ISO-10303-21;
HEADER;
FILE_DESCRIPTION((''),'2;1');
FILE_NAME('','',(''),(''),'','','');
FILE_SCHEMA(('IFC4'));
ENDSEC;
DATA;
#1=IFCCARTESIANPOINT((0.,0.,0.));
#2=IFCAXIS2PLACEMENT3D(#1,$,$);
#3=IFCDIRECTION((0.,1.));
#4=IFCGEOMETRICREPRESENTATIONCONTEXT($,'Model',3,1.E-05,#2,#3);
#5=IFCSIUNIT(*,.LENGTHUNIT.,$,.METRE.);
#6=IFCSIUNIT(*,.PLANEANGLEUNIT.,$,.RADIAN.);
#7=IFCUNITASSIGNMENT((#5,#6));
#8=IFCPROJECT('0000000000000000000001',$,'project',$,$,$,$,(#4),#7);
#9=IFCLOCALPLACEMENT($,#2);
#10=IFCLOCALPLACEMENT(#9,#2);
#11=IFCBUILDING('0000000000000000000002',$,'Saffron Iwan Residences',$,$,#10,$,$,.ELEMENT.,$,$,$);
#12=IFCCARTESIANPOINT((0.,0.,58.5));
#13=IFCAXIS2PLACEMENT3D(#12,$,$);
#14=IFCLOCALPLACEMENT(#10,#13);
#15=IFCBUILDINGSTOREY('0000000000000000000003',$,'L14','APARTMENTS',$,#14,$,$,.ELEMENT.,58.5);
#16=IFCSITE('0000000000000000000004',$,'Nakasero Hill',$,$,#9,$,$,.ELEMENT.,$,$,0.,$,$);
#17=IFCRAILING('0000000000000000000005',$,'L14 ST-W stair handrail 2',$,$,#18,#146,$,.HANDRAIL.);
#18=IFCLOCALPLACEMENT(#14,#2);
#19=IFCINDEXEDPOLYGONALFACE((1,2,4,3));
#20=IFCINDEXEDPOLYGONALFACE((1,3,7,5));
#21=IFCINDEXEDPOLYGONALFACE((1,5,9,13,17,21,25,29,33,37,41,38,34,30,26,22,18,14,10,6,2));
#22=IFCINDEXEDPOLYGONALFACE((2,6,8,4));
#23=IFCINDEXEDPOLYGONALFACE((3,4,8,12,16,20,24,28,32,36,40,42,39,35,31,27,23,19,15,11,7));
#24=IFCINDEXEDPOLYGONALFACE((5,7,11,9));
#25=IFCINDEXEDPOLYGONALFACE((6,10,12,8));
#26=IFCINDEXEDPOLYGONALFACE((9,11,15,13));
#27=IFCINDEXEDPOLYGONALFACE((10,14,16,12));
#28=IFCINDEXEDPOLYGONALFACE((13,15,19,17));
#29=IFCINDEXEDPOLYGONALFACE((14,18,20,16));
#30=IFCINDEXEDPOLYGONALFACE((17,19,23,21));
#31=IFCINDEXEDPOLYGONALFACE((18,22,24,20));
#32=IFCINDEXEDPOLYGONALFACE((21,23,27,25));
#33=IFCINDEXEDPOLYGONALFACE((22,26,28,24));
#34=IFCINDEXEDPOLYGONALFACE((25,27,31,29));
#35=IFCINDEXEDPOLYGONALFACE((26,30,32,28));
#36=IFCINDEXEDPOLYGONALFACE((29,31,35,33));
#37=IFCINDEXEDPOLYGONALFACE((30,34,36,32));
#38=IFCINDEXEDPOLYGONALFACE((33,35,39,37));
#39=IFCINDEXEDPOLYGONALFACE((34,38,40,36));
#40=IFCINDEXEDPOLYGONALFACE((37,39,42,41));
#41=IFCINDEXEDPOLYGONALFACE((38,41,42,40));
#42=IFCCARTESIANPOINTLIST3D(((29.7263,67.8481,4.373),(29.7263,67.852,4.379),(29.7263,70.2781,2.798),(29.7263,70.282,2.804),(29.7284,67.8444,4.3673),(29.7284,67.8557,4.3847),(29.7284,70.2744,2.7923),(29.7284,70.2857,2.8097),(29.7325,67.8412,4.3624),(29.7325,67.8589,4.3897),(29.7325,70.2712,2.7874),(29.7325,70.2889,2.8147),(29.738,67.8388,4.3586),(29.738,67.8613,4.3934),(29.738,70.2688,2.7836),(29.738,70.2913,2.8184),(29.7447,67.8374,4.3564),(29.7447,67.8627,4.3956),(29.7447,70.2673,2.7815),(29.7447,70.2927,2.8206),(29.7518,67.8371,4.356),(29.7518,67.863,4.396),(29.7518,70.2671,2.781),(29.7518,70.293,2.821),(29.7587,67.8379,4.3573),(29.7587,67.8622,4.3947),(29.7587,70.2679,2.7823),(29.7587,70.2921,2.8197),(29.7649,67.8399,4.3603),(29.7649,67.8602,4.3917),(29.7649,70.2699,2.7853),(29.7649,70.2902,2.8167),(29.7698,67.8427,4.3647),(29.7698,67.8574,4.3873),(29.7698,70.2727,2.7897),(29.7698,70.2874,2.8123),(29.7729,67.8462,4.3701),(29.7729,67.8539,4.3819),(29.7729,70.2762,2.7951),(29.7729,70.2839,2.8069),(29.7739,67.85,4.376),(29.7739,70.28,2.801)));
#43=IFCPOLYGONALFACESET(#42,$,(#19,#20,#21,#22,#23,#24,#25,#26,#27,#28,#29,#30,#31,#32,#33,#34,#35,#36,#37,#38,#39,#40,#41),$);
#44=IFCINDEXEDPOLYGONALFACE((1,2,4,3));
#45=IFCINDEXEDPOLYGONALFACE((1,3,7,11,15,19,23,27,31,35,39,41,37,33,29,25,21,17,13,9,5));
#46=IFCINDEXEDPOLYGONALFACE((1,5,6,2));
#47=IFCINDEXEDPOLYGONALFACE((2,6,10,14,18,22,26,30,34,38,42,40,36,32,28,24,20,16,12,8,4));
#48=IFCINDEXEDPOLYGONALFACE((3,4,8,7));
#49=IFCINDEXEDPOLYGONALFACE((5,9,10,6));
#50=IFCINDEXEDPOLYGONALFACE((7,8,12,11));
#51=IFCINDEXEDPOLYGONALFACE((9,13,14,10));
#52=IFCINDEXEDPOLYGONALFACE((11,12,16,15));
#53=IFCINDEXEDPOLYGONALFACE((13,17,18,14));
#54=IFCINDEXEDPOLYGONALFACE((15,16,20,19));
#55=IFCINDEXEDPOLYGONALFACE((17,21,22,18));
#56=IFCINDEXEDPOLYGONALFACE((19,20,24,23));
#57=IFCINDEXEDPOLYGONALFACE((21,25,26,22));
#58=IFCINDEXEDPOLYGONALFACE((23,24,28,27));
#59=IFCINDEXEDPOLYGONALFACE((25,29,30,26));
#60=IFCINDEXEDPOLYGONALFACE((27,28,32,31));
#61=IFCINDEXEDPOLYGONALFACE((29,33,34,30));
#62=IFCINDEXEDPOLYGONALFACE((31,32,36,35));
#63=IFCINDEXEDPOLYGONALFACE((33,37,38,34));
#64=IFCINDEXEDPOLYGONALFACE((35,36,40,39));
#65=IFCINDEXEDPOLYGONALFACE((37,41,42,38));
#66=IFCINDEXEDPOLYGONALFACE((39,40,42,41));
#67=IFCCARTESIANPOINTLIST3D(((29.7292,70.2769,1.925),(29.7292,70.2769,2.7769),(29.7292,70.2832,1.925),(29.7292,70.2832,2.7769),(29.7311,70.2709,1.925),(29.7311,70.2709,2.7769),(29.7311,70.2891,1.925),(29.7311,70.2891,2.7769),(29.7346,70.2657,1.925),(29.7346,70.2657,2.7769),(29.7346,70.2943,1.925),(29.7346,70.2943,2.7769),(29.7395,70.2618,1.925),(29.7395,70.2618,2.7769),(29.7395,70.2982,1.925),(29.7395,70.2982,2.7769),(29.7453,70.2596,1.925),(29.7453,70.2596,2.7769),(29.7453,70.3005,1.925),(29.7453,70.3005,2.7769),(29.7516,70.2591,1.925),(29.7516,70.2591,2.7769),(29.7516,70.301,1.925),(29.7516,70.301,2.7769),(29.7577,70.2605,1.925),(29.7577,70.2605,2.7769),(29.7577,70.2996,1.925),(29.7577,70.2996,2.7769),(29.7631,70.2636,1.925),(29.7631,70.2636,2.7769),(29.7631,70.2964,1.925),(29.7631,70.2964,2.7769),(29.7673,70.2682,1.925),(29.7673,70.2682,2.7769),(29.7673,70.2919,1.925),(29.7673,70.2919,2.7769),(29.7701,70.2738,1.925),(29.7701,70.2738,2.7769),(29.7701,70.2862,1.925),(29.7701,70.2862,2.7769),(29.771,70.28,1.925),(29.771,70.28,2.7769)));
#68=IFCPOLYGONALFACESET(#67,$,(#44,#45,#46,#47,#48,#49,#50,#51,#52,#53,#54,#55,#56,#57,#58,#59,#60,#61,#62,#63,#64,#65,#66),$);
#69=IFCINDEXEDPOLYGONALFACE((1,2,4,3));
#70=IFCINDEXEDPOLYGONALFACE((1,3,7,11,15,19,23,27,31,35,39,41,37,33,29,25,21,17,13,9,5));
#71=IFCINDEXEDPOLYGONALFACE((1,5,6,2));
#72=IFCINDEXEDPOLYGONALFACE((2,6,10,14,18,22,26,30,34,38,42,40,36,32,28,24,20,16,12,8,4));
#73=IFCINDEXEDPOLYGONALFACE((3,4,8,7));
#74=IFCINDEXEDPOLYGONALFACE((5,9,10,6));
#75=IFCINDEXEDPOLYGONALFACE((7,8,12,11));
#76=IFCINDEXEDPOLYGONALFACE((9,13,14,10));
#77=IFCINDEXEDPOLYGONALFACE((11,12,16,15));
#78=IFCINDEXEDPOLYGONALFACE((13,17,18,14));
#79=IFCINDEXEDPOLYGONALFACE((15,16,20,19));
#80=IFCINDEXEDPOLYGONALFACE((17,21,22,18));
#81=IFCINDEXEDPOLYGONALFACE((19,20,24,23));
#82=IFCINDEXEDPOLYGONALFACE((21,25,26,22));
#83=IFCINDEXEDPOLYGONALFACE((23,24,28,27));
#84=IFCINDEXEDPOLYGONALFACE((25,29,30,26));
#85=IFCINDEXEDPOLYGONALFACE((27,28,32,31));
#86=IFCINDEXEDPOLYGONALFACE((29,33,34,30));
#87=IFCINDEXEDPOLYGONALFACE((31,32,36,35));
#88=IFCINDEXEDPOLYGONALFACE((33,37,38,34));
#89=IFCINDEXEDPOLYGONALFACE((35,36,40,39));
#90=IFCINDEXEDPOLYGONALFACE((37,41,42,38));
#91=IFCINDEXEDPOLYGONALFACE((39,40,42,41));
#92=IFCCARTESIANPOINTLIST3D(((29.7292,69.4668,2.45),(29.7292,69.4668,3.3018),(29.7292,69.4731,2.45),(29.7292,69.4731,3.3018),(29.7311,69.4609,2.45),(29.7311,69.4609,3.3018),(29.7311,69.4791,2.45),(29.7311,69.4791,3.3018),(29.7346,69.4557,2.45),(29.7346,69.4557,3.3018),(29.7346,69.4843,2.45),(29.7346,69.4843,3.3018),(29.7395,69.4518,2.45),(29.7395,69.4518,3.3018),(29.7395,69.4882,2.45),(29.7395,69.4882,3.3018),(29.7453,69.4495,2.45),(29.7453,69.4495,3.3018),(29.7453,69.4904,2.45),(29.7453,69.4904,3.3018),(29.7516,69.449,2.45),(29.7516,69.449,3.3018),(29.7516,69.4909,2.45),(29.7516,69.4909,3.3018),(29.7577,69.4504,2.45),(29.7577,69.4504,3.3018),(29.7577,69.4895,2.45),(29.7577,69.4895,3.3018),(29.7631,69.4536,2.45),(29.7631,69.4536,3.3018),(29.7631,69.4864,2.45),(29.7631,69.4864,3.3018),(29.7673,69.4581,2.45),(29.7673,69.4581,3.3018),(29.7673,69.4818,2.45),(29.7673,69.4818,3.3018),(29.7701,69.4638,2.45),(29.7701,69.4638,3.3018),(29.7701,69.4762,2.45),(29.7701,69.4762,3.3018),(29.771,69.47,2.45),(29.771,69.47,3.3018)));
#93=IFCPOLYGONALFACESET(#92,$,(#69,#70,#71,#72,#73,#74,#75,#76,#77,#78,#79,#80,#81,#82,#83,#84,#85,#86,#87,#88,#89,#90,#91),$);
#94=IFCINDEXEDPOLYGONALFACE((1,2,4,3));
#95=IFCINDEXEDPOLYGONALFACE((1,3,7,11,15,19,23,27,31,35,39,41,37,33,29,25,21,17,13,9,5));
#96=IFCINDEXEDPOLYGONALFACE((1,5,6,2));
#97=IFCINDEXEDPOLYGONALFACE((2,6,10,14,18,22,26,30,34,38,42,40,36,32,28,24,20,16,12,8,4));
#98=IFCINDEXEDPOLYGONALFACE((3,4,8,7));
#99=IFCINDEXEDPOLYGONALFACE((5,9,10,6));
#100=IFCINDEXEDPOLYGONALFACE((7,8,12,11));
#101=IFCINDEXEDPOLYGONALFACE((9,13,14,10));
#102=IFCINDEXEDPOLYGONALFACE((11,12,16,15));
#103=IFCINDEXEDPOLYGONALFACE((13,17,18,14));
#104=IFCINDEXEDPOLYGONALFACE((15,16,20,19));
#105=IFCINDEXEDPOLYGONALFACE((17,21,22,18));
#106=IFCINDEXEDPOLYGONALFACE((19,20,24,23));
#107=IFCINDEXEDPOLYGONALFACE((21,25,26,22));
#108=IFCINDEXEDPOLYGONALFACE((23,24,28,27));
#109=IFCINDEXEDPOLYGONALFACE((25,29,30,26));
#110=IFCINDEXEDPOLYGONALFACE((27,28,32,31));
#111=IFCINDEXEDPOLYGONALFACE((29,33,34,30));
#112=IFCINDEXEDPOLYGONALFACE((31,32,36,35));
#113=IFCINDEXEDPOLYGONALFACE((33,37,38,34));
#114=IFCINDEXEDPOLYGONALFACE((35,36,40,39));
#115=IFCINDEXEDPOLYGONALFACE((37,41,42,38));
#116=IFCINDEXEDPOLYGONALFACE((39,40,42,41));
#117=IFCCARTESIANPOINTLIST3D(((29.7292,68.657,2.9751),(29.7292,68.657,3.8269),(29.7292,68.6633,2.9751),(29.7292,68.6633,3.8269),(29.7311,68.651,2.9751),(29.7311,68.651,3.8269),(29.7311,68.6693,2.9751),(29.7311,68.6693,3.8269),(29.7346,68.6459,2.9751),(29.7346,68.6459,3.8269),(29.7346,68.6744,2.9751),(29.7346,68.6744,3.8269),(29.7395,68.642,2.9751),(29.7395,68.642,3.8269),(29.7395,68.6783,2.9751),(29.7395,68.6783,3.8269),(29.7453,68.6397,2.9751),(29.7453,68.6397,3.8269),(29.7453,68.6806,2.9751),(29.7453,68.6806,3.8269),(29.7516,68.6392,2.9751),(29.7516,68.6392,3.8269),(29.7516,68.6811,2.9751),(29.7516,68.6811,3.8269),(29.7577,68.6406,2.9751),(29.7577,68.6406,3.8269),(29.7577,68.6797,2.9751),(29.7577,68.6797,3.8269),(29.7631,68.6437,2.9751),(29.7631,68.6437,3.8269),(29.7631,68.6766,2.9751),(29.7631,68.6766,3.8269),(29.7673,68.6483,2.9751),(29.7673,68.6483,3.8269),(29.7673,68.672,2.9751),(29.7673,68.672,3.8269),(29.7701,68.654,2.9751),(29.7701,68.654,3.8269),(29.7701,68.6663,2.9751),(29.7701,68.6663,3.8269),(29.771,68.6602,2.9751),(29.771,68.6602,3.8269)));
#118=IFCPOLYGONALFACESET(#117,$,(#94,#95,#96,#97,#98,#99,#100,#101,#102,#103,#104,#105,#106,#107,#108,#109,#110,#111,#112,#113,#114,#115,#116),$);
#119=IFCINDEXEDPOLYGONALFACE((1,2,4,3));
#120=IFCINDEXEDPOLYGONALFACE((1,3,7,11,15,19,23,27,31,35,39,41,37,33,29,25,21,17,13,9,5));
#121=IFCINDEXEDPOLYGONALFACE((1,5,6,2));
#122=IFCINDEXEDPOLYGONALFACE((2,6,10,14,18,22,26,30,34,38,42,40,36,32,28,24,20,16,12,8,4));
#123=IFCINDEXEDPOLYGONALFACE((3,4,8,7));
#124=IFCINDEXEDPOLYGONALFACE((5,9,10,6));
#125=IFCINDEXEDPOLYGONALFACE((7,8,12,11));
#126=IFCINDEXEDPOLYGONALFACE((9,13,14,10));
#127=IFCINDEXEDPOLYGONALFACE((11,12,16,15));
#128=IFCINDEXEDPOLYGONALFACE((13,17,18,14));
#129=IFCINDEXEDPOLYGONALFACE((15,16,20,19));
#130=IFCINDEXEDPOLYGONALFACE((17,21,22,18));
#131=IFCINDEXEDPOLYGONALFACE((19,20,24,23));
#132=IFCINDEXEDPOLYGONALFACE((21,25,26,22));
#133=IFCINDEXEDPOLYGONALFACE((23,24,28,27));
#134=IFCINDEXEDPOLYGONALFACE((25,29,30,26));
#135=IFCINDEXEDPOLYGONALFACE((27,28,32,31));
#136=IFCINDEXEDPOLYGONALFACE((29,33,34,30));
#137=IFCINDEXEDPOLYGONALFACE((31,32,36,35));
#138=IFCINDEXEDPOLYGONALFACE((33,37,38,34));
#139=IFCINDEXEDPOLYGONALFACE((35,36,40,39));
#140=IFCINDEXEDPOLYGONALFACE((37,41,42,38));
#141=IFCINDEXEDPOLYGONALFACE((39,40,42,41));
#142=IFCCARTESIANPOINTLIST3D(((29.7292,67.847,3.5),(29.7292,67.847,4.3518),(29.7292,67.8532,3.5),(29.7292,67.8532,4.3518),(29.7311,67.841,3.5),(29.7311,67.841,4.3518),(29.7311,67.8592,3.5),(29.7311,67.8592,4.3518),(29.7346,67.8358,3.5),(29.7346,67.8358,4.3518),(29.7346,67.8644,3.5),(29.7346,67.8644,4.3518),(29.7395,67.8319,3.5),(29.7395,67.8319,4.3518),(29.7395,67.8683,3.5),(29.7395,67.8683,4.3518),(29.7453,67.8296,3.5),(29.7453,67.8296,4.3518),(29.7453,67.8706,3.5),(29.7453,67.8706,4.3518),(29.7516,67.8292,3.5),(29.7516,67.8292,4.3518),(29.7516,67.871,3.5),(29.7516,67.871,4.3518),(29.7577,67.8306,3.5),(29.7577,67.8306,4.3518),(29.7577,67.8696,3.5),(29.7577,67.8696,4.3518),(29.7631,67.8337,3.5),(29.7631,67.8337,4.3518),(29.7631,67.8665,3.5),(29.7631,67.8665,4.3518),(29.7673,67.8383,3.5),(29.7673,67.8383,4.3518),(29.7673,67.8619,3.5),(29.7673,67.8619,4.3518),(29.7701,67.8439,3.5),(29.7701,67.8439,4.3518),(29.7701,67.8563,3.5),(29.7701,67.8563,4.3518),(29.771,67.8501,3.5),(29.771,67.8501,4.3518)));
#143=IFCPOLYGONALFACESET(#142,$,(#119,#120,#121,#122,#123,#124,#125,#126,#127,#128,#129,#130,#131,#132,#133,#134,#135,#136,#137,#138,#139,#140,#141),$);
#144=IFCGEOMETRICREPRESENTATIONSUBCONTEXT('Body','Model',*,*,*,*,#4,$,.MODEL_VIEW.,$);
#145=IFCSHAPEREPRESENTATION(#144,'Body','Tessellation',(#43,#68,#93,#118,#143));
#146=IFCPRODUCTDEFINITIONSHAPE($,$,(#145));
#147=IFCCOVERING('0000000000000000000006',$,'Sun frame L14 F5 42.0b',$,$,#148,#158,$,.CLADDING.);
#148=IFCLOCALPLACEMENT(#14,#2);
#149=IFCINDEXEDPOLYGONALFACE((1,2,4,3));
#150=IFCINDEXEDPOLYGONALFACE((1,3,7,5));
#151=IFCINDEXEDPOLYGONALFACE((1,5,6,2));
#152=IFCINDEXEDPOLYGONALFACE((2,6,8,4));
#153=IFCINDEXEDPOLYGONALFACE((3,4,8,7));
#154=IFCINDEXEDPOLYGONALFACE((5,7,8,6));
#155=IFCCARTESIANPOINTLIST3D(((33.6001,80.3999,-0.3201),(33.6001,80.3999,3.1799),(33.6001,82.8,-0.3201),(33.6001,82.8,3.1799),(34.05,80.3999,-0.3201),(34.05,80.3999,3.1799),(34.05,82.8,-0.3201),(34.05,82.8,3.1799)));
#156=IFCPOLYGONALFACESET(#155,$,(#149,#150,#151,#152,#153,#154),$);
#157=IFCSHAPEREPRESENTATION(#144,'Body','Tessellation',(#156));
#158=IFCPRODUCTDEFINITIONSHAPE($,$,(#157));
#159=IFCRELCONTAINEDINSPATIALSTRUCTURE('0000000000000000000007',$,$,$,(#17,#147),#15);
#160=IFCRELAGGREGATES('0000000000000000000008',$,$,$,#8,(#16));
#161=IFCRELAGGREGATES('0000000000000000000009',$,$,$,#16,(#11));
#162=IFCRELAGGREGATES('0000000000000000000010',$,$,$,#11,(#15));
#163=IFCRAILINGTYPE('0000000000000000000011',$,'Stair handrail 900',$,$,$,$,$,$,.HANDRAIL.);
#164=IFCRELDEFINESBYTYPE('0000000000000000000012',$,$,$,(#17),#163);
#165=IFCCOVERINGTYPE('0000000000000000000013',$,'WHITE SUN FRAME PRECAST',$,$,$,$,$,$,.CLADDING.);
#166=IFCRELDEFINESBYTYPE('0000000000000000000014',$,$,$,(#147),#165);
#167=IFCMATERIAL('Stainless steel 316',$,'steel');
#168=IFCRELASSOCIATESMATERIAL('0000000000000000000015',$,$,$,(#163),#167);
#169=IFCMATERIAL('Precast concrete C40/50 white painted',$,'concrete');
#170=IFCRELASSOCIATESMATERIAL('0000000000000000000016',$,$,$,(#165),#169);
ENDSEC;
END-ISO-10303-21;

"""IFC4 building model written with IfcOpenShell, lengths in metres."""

from ifc_helpers import new_model, si_unit, direction, frame, origin, origin_2d, place, context, subcontext, project, spatial, polyline, circle, outline, extrude, material, type_object, element, save


model = new_model("IFC4")

# Units and contexts
model_context = context("Model", 3, precision=1e-05, world=origin(), true_north=direction((0.0, 1.0)))
body_context = subcontext(model_context, "Body", "Model", "MODEL_VIEW")
ifc_project = project(units=[si_unit("LENGTHUNIT", "METRE"), si_unit("PLANEANGLEUNIT", "RADIAN")], contexts=[model_context])

# Site, building, storey
site_placement = place(None, origin())
site = spatial("IfcSite", under=ifc_project, at=site_placement, Name="Nakasero Hill", CompositionType="ELEMENT", RefElevation=0.0)
building_placement = place(site_placement, origin())
building = spatial("IfcBuilding", under=site, at=building_placement, Name="Saffron Iwan Residences", CompositionType="ELEMENT")
storey_placement = place(building_placement, frame((0.0, 0.0, 58.5)))
storey = spatial("IfcBuildingStorey", under=building, at=storey_placement, Name="L14", Description="APARTMENTS", CompositionType="ELEMENT", Elevation=58.5)

# Railing
ifc_material_1 = material(Name="Stainless steel 316", Category="steel")
railing_type = type_object("IfcRailingType", Name="Stair handrail 900", PredefinedType="HANDRAIL", material=ifc_material_1)
railing_placement = place(storey_placement, frame((29.75, 70.28, 1.925)))
element("IfcRailing", 1, at=railing_placement, inside=storey, type_object=railing_type, Name="L14 ST-W stair handrail 2", PredefinedType="HANDRAIL", context=body_context, shape_type="SweptSolid", body=[
    extrude(circle(Radius=0.0239, at=origin_2d()), frame((0.0, 0.0, 0.876), z_axis=(0.0, -0.839154, 0.543894), x_axis=(1.0, 0.0, 0.0)), (0.0, 0.0, 1.0), 2.8958),
    extrude(circle(Radius=0.021, at=origin_2d()), origin(), (0.0, 0.0, 1.0), 0.8518),
    extrude(circle(Radius=0.021, at=origin_2d()), frame((0.0, -0.8101, 0.5249)), (0.0, 0.0, 1.0), 0.8518),
    extrude(circle(Radius=0.021, at=origin_2d()), frame((0.0, -1.6199, 1.05)), (0.0, 0.0, 1.0), 0.8518),
    extrude(circle(Radius=0.021, at=origin_2d()), frame((0.0, -2.4299, 1.575)), (0.0, 0.0, 1.0), 0.8518),
])

# Covering
ifc_material_2 = material(Name="Precast concrete C40/50 white painted", Category="concrete")
covering_type_1 = type_object("IfcCoveringType", Name="WHITE SUN FRAME PRECAST", PredefinedType="CLADDING", material=ifc_material_2)
covering_1_placement = place(storey_placement, frame((34.05, 80.3999, -0.3201), z_axis=(0.0, 1.0, 0.0), x_axis=(-1.0, 0.0, 0.0)))
element("IfcCovering", 2, at=covering_1_placement, inside=storey, type_object=covering_type_1, Name="Sun frame L14 F5 42.0b", PredefinedType="CLADDING", context=body_context, shape_type="SweptSolid", body=[
    extrude(outline(polyline([(0.0, 0.0), (0.45, 0.0), (0.45, 3.5), (0.0, 3.5), (0.0, 0.0)])), origin(), (0.0, 0.0, 1.0), 2.4001),
])

save(model, "model.ifc")
